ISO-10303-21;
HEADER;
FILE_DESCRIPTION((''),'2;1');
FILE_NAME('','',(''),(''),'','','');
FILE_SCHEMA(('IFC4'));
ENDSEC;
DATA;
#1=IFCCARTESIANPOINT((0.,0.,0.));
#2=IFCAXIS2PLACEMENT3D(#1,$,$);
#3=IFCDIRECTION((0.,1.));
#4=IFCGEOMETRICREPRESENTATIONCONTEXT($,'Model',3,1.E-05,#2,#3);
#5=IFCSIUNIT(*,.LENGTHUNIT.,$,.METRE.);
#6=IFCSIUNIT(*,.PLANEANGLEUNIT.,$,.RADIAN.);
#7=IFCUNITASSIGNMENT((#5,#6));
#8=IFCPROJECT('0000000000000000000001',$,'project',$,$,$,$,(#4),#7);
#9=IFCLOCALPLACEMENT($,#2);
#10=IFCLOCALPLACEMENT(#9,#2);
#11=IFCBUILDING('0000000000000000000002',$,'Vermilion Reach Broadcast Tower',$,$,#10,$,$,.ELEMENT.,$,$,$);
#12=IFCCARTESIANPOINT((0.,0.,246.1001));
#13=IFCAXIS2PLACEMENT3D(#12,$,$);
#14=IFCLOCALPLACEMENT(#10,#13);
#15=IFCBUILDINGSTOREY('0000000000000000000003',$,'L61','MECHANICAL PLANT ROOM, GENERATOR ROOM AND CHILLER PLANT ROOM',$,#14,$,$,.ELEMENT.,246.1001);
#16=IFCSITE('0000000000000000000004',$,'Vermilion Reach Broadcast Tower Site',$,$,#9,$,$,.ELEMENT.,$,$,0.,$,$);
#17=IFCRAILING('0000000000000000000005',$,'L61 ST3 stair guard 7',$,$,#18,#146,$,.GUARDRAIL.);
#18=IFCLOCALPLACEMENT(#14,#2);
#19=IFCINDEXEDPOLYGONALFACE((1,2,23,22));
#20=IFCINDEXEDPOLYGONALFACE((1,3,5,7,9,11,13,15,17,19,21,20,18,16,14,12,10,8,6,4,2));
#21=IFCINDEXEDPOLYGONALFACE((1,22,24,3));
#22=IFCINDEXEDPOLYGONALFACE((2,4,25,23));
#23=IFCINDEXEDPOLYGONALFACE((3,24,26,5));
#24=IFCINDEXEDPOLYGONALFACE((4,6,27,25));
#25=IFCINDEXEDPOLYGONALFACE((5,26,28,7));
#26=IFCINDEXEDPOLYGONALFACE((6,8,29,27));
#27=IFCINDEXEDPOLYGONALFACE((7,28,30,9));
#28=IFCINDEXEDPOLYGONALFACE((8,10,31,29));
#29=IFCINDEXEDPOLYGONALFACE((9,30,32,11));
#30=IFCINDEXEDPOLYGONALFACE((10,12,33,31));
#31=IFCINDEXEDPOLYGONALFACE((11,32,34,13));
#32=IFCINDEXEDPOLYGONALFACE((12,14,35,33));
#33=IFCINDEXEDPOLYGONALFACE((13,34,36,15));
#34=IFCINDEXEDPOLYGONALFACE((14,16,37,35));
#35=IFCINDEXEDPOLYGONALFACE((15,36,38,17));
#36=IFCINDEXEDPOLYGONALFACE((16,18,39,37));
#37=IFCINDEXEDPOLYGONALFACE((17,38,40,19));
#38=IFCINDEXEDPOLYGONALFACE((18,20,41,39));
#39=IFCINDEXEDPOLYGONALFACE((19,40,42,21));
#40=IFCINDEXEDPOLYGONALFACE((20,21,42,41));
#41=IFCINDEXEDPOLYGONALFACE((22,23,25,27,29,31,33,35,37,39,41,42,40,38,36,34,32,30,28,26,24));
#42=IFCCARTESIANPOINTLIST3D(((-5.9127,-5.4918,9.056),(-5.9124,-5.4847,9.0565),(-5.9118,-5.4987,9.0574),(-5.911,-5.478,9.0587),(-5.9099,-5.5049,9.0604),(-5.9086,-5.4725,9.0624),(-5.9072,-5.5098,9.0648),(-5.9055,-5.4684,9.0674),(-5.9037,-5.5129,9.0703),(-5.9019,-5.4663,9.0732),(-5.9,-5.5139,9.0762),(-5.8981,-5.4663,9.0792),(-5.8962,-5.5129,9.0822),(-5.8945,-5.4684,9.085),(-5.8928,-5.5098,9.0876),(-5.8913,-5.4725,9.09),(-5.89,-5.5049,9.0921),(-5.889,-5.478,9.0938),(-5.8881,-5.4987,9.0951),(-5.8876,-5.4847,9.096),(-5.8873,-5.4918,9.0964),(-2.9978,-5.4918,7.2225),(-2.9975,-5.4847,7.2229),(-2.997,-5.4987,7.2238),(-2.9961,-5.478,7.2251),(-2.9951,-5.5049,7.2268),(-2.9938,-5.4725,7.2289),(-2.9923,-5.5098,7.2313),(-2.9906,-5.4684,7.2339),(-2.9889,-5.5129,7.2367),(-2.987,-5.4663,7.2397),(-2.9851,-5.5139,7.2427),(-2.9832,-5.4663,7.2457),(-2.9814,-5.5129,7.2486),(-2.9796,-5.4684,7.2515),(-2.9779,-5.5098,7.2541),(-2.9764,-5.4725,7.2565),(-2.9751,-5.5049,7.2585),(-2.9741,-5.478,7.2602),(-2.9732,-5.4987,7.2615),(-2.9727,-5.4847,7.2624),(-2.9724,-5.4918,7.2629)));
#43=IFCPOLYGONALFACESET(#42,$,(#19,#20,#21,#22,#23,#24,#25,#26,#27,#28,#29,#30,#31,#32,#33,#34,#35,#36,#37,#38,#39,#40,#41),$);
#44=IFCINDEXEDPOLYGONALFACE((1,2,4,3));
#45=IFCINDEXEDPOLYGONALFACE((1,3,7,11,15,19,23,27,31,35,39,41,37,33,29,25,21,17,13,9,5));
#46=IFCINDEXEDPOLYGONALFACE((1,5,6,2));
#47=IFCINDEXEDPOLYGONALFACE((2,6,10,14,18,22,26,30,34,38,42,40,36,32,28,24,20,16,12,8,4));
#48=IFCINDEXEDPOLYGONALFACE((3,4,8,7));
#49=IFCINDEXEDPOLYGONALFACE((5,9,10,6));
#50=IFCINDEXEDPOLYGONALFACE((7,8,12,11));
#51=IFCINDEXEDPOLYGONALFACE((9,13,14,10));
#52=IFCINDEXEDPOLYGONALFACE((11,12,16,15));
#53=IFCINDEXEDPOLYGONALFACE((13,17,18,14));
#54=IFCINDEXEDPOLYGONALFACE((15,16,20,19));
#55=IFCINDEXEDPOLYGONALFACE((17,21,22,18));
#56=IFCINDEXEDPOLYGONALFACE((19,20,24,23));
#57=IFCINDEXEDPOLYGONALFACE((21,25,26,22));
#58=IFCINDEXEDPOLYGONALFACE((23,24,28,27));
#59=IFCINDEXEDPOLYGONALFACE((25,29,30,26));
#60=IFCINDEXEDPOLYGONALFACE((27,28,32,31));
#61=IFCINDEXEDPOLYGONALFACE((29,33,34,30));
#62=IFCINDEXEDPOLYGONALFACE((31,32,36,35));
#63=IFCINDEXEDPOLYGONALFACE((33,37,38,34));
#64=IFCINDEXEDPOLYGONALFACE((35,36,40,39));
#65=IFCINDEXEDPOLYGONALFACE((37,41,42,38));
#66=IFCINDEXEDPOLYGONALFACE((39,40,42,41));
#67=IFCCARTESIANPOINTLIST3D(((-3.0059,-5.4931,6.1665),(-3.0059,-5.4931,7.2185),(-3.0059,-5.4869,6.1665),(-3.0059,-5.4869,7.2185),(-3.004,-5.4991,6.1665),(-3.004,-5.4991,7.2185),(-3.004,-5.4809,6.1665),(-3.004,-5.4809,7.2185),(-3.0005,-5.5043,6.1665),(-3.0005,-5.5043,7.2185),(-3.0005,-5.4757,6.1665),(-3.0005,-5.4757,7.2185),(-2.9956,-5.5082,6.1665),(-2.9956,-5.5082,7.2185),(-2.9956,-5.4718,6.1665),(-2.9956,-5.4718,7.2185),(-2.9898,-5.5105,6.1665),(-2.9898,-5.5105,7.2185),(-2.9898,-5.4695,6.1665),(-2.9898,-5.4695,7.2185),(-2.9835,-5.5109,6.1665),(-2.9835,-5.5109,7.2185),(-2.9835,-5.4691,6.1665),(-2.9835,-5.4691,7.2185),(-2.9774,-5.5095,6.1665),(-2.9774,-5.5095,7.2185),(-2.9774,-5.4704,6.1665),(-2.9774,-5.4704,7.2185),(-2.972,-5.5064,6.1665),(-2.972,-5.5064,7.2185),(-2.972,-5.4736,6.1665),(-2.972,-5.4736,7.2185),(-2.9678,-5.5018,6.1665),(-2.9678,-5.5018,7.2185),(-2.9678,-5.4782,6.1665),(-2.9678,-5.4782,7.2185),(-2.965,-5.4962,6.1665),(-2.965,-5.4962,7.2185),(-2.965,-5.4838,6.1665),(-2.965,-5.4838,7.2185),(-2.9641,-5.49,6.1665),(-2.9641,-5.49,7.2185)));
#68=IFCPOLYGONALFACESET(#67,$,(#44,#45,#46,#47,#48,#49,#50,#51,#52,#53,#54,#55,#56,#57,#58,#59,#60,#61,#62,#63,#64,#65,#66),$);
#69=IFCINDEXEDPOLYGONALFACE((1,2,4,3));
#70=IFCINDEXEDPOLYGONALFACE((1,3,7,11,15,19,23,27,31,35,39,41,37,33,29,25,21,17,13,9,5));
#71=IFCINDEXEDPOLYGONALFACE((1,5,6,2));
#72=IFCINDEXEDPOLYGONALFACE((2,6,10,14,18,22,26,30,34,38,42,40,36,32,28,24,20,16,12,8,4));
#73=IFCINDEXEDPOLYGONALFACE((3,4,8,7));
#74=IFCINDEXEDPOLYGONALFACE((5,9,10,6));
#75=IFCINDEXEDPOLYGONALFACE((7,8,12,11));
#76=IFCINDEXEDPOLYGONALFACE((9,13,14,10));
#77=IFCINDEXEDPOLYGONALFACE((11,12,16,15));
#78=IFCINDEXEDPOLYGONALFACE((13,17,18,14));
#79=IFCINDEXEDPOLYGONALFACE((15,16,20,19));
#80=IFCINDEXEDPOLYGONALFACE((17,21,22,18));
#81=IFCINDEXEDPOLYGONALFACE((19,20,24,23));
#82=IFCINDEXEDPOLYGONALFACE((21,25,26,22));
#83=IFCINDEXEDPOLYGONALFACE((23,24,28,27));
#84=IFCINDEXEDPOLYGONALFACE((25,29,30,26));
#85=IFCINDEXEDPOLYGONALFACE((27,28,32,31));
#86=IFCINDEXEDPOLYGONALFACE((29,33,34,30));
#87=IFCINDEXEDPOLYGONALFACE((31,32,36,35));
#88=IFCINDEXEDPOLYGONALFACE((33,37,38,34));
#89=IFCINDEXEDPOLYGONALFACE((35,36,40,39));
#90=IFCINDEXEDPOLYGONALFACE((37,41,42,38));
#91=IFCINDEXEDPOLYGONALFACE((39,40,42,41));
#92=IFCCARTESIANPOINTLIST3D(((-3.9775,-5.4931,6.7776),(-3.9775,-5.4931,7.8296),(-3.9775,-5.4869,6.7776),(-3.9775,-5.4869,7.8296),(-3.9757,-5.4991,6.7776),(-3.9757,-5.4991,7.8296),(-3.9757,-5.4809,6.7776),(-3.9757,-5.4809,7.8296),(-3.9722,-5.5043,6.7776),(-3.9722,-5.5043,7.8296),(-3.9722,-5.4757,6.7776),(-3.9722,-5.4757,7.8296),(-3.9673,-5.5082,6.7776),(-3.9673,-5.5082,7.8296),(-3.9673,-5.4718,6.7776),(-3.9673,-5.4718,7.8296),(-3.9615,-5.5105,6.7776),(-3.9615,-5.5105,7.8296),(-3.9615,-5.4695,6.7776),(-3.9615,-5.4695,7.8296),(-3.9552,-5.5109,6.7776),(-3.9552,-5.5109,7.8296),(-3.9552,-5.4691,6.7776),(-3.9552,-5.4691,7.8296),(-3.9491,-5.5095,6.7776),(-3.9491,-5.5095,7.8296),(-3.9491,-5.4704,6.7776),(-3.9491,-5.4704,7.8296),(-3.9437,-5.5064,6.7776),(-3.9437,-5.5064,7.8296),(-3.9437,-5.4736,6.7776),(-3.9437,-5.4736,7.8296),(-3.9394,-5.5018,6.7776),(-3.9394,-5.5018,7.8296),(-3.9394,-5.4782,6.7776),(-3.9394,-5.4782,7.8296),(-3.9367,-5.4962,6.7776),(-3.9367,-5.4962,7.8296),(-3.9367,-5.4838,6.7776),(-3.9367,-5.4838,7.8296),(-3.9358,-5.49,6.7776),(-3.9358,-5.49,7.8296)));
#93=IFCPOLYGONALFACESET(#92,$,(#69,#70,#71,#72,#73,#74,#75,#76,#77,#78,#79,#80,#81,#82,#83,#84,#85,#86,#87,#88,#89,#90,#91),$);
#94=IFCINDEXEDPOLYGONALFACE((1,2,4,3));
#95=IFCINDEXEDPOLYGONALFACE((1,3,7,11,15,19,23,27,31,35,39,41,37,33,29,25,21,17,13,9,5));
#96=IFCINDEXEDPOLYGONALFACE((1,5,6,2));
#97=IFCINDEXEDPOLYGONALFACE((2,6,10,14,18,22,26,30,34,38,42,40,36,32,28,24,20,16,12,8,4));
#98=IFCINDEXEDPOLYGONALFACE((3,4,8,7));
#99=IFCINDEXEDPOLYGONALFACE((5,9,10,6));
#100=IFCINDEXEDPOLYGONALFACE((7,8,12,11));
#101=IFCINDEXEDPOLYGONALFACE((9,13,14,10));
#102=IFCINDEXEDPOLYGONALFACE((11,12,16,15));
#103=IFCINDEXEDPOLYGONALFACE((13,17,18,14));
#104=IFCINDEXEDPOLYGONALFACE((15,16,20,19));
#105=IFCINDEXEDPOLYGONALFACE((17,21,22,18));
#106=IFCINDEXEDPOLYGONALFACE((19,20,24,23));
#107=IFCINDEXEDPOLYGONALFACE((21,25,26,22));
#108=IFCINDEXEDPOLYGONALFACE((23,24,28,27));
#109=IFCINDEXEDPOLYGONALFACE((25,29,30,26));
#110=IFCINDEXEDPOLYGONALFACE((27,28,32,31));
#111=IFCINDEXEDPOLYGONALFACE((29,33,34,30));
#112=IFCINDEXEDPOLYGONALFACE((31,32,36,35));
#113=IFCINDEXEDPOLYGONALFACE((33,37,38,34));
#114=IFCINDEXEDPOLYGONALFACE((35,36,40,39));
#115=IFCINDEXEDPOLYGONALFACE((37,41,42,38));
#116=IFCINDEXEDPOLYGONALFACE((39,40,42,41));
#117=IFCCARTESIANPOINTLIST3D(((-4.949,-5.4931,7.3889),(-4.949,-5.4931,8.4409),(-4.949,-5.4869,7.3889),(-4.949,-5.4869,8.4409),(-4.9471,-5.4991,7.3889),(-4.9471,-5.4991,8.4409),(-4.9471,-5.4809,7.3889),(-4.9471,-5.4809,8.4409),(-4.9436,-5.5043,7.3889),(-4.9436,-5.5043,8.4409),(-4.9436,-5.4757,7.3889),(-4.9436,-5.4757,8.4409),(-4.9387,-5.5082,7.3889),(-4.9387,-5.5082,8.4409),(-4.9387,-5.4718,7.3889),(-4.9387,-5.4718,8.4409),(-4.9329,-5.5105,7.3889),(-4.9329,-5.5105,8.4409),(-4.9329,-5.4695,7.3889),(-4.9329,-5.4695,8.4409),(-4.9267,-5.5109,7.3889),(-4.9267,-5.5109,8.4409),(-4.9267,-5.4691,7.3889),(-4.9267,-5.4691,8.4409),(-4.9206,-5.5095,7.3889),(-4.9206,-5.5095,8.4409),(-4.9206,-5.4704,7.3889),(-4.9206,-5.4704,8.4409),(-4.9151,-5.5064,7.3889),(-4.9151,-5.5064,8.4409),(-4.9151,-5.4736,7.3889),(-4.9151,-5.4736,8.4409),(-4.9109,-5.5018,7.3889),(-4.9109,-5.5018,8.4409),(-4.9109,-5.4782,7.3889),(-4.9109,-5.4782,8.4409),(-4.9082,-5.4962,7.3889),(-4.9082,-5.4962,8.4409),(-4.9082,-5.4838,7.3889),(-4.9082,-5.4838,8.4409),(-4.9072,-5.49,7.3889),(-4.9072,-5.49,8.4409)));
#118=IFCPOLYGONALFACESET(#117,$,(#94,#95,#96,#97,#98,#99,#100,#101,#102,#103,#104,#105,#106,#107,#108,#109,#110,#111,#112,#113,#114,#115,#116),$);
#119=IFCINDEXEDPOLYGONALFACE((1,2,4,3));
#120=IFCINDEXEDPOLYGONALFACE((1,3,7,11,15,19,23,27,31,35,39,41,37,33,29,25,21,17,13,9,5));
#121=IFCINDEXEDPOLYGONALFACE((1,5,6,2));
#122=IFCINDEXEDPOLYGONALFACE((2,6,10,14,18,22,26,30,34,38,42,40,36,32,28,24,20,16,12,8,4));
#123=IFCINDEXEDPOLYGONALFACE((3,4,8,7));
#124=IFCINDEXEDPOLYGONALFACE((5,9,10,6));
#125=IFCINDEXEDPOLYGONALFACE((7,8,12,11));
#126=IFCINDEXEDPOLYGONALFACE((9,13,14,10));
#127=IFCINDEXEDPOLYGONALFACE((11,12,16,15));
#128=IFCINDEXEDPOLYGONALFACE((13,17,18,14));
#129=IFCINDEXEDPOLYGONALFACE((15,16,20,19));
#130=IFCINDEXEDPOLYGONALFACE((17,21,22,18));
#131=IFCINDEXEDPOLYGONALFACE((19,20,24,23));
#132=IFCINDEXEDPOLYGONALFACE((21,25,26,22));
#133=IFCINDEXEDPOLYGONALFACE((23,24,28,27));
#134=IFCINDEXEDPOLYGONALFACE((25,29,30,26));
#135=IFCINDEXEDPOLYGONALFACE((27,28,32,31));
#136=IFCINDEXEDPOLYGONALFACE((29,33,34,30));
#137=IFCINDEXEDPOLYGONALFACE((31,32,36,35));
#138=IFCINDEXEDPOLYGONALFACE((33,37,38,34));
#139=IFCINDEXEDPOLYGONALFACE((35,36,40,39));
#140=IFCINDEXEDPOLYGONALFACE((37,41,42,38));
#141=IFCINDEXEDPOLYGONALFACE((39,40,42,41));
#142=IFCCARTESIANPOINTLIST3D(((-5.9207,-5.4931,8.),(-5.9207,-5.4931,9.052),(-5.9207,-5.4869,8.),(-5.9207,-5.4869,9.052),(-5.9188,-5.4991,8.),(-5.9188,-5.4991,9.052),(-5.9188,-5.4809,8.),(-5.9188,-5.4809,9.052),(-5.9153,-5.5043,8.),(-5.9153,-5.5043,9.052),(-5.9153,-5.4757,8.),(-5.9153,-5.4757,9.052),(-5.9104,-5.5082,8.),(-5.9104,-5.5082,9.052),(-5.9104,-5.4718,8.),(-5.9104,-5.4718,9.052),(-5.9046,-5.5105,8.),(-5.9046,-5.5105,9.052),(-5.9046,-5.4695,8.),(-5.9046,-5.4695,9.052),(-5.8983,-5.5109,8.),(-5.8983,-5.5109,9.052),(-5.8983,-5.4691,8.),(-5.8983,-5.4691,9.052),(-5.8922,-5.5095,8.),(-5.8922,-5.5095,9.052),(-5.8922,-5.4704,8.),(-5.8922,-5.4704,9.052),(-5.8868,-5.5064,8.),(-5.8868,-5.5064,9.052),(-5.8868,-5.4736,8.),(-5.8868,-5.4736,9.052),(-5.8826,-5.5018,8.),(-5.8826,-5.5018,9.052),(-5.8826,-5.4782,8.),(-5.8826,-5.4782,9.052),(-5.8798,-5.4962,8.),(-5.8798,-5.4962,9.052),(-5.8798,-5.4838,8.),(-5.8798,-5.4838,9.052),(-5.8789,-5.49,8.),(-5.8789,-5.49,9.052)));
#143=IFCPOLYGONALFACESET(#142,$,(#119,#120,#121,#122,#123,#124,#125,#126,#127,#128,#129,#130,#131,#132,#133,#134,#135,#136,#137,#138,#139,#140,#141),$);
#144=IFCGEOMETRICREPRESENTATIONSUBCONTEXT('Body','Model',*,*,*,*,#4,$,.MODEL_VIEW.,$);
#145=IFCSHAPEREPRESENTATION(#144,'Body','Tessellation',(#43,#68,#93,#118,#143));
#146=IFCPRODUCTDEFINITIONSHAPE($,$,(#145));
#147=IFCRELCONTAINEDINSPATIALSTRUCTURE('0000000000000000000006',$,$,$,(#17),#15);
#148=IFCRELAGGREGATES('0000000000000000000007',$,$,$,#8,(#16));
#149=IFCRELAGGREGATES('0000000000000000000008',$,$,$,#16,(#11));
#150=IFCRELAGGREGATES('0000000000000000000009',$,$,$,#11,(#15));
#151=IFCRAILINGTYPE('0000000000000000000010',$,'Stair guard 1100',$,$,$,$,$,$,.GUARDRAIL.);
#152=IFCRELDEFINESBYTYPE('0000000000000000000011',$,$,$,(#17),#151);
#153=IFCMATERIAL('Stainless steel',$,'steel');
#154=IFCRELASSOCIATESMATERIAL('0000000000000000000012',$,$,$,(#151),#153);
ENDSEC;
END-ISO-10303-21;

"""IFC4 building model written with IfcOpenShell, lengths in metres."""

from ifc_helpers import new_model, si_unit, direction, frame, origin, origin_2d, place, context, subcontext, project, spatial, circle, extrude, material, type_object, element, save


model = new_model("IFC4")

# Units and contexts
model_context = context("Model", 3, precision=1e-05, world=origin(), true_north=direction((0.0, 1.0)))
body_context = subcontext(model_context, "Body", "Model", "MODEL_VIEW")
ifc_project = project(units=[si_unit("LENGTHUNIT", "METRE"), si_unit("PLANEANGLEUNIT", "RADIAN")], contexts=[model_context])

# Site, building, storey
site_placement = place(None, origin())
site = spatial("IfcSite", under=ifc_project, at=site_placement, Name="Vermilion Reach Broadcast Tower Site", CompositionType="ELEMENT", RefElevation=0.0)
building_placement = place(site_placement, origin())
building = spatial("IfcBuilding", under=site, at=building_placement, Name="Vermilion Reach Broadcast Tower", CompositionType="ELEMENT")
storey_placement = place(building_placement, frame((0.0, 0.0, 246.1001)))
storey = spatial("IfcBuildingStorey", under=building, at=storey_placement, Name="L61", Description="MECHANICAL PLANT ROOM, GENERATOR ROOM AND CHILLER PLANT ROOM", CompositionType="ELEMENT", Elevation=246.1001)

# Railing
ifc_material_1 = material(Name="Stainless steel", Category="steel")
railing_type_1 = type_object("IfcRailingType", Name="Stair guard 1100", PredefinedType="GUARDRAIL", material=ifc_material_1)
railing_1_placement = place(storey_placement, frame((-2.9851, -5.49, 6.1665)))
element("IfcRailing", 1, at=railing_1_placement, inside=storey, type_object=railing_type_1, Name="L61 ST3 stair guard 7", PredefinedType="GUARDRAIL", context=body_context, shape_type="SweptSolid", body=[
    extrude(circle(Radius=0.0239, at=origin_2d()), frame((0.0, 0.0, 1.0762), z_axis=(-0.846461, 0.0, 0.53245), x_axis=(0.0, -1.0, 0.0)), (0.0, 0.0, 1.0), 3.4436),
    extrude(circle(Radius=0.021, at=origin_2d()), origin(), (0.0, 0.0, 1.0), 1.052),
    extrude(circle(Radius=0.021, at=origin_2d()), frame((-0.9717, 0.0, 0.6111)), (0.0, 0.0, 1.0), 1.052),
    extrude(circle(Radius=0.021, at=origin_2d()), frame((-1.9431, 0.0, 1.2224)), (0.0, 0.0, 1.0), 1.052),
    extrude(circle(Radius=0.021, at=origin_2d()), frame((-2.9148, 0.0, 1.8335)), (0.0, 0.0, 1.0), 1.052),
])

save(model, "model.ifc")
